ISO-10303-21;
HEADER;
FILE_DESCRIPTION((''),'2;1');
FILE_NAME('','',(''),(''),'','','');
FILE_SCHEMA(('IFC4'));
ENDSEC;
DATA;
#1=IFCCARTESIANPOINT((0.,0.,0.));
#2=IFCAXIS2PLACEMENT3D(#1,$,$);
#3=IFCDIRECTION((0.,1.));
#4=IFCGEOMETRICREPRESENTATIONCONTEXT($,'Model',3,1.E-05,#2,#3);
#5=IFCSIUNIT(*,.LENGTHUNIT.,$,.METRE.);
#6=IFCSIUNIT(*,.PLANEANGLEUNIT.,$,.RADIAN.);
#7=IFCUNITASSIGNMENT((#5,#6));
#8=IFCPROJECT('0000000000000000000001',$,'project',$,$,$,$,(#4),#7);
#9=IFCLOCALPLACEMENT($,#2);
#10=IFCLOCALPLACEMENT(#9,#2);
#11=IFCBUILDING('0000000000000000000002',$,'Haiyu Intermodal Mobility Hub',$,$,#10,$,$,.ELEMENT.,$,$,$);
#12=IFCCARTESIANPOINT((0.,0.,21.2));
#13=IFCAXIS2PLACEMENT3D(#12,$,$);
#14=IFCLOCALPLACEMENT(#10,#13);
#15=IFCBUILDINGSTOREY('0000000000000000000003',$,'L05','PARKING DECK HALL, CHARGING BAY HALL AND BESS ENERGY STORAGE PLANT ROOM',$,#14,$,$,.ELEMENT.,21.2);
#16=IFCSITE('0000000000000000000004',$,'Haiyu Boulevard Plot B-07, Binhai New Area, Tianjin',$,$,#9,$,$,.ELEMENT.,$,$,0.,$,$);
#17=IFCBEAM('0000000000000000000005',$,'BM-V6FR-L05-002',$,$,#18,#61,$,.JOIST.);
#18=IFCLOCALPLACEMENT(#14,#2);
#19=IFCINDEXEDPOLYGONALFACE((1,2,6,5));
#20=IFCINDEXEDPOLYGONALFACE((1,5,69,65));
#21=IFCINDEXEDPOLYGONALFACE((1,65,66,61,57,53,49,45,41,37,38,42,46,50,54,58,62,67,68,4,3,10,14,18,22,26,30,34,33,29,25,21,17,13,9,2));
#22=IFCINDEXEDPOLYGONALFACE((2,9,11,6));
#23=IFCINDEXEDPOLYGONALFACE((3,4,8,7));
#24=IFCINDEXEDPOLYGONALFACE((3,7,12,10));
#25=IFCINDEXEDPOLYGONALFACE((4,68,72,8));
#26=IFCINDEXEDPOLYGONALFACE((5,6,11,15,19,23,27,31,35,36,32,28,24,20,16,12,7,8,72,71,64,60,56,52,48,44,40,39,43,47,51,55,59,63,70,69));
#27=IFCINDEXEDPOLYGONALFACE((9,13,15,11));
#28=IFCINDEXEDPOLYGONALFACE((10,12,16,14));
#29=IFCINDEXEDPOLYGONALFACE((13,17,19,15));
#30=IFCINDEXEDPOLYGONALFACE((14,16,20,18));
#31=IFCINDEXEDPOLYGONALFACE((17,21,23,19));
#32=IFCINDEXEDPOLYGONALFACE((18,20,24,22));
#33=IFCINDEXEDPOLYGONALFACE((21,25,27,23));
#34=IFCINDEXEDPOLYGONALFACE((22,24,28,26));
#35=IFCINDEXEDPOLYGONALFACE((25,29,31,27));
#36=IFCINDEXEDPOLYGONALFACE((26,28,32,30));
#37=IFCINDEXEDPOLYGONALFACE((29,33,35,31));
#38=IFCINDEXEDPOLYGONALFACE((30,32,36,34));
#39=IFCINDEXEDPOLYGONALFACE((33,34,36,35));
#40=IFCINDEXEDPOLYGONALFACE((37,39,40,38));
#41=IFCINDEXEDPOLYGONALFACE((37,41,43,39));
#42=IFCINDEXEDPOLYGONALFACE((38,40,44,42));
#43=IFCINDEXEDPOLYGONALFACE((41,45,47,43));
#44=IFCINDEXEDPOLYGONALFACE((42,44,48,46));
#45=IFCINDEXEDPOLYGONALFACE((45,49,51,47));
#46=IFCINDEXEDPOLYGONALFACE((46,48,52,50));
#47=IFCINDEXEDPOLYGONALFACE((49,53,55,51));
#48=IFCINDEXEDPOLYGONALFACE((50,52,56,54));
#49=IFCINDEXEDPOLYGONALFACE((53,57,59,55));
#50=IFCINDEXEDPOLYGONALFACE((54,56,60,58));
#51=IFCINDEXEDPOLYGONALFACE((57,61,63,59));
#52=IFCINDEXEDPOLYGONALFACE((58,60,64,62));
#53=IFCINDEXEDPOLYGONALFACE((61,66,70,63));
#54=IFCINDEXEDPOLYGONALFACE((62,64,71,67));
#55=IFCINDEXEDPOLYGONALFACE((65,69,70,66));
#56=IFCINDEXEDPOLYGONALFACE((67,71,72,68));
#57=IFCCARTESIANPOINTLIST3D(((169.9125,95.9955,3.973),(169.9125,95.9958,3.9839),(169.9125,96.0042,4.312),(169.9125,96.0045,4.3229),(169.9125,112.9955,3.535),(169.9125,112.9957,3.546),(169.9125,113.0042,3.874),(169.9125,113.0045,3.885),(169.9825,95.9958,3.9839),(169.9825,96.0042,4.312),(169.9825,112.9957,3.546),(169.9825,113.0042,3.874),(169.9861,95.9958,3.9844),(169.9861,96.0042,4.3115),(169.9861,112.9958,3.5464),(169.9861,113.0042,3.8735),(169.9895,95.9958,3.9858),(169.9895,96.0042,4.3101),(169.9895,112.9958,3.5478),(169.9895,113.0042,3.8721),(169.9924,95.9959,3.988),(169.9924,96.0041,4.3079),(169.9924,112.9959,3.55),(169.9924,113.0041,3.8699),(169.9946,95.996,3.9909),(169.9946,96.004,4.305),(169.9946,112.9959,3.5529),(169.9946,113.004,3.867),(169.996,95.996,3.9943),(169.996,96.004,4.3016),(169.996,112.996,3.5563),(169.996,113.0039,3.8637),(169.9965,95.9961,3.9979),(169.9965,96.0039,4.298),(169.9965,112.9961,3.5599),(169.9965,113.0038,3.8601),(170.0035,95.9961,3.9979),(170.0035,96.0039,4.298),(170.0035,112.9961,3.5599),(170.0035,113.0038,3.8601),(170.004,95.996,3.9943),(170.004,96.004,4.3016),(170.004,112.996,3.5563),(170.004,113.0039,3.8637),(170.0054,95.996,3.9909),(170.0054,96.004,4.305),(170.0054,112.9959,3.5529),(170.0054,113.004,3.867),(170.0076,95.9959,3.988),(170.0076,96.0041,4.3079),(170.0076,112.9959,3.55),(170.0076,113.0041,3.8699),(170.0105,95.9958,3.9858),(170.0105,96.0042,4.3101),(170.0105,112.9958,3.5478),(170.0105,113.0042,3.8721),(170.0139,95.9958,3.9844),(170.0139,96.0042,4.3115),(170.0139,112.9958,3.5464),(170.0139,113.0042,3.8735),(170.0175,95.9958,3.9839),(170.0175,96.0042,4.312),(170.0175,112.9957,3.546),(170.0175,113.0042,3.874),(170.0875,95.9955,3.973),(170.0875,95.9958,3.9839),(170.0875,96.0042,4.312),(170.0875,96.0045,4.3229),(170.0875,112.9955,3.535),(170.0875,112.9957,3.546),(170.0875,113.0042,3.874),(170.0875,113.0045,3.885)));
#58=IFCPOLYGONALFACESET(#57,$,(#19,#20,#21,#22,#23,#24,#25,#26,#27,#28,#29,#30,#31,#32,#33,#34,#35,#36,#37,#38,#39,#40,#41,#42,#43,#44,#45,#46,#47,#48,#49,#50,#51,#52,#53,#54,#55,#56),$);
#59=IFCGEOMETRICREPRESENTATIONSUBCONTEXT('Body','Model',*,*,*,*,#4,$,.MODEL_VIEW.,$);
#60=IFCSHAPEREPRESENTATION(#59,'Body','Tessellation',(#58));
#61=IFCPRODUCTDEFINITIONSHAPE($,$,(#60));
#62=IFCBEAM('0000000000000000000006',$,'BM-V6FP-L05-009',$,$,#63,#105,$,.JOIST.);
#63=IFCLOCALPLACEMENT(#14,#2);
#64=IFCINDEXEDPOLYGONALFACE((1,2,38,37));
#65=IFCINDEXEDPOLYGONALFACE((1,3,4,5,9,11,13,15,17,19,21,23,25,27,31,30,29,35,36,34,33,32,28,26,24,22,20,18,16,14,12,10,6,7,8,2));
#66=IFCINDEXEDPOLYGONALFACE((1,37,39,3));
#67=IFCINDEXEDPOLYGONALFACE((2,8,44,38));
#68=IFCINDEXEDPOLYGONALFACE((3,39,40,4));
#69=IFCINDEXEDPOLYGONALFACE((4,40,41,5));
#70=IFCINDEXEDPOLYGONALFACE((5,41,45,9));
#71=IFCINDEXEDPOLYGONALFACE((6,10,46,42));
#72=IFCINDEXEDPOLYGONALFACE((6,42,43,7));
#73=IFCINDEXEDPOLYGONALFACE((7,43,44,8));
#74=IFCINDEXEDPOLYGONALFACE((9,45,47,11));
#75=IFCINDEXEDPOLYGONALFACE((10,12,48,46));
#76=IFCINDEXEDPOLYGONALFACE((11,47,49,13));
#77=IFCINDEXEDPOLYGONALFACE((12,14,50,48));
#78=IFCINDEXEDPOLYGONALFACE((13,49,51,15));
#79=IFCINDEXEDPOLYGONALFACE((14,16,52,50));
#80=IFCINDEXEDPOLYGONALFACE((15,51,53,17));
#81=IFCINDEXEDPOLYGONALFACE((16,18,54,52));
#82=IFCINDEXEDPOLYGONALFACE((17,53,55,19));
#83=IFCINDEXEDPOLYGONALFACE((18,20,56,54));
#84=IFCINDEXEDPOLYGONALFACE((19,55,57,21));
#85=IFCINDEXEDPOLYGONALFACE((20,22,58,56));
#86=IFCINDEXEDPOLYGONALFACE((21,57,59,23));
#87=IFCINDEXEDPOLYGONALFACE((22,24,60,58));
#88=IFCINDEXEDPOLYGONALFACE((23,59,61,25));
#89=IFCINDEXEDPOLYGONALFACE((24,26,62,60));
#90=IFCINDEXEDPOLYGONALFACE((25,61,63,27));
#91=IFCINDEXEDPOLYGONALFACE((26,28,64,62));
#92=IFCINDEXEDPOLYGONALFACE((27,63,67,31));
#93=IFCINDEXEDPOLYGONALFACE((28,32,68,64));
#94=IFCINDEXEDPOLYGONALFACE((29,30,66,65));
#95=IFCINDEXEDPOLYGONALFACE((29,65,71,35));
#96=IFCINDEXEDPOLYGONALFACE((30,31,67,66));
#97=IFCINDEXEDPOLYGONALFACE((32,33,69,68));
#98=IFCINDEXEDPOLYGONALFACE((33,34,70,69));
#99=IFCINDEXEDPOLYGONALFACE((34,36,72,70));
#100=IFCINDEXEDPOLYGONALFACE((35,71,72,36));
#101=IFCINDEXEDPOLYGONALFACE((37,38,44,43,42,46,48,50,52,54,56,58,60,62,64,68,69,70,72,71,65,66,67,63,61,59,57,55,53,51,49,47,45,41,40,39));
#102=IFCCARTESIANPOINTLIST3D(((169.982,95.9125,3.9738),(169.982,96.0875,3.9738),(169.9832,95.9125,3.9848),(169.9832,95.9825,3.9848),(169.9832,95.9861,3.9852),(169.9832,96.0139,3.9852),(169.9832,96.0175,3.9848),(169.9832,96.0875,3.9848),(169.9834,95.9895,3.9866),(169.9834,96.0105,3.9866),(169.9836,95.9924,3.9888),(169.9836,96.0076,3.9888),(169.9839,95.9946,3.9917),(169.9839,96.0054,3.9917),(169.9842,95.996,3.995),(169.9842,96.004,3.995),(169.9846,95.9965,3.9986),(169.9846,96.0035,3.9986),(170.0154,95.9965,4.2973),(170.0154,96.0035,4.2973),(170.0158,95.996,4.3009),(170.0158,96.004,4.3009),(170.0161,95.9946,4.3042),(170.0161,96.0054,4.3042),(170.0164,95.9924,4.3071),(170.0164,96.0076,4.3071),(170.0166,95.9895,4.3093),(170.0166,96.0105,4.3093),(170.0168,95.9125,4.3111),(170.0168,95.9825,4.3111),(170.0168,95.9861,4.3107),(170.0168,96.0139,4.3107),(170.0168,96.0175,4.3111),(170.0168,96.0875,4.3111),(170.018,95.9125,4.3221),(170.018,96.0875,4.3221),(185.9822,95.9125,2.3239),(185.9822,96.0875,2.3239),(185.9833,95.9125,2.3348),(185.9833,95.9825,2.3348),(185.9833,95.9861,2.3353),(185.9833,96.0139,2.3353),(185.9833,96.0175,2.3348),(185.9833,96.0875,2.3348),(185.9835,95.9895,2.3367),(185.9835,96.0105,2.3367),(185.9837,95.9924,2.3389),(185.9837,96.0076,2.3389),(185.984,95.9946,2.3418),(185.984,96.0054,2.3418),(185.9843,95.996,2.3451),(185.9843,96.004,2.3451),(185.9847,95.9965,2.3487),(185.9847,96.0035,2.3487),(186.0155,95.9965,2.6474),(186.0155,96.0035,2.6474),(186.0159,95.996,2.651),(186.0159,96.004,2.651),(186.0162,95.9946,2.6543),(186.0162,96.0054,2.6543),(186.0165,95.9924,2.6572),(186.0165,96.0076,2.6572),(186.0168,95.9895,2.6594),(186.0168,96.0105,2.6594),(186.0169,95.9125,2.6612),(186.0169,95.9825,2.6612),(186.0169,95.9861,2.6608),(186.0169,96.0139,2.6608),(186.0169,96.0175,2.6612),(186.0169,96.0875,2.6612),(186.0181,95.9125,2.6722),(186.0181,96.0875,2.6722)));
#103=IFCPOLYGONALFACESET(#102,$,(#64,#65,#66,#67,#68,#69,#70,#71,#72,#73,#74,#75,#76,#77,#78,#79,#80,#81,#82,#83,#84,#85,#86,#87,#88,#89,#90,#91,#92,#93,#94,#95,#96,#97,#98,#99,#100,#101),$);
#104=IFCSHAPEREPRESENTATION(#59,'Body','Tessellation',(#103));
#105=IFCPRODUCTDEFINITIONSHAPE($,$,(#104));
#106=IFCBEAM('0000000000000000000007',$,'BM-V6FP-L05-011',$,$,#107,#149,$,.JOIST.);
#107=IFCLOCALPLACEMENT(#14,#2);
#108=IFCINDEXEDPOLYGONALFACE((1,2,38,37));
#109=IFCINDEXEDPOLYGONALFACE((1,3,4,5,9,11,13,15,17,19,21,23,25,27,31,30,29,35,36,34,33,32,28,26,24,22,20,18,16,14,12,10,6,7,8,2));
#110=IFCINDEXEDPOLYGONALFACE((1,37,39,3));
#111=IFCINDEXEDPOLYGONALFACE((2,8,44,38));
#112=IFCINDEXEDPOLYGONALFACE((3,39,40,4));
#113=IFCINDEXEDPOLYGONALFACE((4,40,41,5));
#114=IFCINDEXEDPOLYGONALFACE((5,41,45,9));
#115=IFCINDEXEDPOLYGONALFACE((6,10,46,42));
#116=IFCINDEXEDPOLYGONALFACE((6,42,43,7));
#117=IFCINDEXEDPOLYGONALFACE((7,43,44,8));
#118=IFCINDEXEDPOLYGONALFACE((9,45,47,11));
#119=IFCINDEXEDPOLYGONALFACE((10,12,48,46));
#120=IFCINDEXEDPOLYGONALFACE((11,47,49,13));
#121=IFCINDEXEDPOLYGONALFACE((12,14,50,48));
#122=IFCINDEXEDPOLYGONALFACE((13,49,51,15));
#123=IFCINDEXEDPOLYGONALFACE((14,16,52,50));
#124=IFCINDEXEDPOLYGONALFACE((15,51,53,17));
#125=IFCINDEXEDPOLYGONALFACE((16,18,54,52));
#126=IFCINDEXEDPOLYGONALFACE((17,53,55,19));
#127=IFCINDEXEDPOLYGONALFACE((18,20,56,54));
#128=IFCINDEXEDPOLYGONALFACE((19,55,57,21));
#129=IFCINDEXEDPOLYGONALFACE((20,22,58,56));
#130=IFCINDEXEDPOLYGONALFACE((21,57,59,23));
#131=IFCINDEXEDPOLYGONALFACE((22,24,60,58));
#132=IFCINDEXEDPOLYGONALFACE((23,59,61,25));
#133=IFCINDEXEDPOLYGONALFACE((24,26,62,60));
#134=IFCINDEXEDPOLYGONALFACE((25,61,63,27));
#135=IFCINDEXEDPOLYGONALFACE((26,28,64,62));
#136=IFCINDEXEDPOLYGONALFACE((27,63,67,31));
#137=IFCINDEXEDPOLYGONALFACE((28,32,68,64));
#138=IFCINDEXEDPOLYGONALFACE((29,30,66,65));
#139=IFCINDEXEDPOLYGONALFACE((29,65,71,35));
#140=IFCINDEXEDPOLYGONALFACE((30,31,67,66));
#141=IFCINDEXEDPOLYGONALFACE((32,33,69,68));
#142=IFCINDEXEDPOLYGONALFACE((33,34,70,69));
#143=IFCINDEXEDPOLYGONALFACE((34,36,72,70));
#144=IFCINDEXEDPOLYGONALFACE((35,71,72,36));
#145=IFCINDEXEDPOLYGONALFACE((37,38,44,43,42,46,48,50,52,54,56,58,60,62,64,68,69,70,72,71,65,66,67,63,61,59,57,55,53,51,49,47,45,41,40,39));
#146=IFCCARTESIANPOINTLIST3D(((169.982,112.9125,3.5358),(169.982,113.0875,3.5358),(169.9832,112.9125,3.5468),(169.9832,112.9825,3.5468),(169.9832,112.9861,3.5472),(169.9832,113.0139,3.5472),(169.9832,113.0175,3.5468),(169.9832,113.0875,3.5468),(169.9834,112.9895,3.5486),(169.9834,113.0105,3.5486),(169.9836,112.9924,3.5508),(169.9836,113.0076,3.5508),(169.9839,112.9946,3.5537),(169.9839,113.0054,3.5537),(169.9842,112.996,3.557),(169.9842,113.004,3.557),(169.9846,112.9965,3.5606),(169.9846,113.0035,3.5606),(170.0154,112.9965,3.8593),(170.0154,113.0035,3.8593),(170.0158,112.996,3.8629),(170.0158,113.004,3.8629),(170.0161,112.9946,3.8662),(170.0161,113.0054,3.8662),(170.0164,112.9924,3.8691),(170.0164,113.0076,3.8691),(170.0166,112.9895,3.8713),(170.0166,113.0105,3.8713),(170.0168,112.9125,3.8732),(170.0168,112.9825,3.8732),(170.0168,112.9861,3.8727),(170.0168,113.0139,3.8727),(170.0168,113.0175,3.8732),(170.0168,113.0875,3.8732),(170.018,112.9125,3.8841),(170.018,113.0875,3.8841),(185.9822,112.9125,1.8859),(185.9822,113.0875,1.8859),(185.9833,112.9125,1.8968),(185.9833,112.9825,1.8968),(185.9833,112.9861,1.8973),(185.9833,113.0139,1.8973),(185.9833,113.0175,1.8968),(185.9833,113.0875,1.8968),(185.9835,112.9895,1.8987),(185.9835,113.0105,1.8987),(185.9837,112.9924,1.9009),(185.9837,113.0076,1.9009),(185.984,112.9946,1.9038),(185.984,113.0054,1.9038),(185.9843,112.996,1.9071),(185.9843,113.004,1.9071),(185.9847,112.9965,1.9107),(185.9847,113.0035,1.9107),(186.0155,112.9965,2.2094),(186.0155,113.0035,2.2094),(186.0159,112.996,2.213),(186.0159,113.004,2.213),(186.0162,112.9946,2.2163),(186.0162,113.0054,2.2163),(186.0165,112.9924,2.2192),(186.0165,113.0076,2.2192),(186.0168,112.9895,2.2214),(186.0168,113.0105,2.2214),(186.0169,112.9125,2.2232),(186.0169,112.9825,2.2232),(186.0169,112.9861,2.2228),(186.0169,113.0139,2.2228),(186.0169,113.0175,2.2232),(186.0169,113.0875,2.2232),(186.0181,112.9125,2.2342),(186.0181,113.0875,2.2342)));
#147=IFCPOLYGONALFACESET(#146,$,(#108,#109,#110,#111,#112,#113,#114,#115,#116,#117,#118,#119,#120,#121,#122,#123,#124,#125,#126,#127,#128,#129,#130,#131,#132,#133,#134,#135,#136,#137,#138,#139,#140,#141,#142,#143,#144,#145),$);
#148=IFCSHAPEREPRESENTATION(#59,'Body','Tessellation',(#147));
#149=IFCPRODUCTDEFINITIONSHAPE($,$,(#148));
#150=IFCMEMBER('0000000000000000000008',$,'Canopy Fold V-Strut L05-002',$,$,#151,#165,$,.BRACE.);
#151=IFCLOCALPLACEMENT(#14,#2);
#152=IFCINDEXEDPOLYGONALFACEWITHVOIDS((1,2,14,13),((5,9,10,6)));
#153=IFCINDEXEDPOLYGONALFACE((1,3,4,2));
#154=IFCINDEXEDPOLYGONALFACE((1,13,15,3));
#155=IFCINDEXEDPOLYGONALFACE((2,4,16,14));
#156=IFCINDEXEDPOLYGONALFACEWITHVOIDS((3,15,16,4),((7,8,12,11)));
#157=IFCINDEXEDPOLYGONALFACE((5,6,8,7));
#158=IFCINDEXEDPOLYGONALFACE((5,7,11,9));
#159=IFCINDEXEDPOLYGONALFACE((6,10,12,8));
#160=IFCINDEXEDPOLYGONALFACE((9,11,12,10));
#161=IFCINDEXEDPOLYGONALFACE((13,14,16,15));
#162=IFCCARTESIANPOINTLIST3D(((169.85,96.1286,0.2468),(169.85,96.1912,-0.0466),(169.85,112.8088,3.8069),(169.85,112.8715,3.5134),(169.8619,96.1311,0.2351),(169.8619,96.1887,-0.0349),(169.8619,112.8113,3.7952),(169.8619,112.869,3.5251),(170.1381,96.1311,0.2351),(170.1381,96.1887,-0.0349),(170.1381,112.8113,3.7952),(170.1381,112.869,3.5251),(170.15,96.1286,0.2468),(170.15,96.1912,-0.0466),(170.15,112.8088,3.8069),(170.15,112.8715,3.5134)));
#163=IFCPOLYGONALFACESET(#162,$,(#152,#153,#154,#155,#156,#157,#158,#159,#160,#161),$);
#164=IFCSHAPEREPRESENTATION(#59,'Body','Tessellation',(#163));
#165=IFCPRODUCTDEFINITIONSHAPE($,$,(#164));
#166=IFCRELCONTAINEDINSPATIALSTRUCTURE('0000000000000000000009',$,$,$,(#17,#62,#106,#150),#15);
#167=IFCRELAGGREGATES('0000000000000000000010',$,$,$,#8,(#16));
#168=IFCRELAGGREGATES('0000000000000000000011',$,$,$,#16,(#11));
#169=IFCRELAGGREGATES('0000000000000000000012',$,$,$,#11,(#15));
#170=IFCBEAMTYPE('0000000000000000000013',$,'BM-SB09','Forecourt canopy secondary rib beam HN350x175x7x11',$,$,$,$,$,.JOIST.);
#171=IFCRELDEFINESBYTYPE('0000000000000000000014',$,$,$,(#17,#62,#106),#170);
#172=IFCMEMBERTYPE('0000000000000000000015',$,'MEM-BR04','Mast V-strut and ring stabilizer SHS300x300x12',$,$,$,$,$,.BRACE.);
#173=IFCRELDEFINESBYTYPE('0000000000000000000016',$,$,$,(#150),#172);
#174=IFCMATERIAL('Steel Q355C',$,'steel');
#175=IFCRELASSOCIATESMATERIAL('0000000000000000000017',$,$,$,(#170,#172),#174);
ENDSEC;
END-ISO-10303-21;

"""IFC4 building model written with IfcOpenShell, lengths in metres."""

from ifc_helpers import new_model, si_unit, direction, frame, origin, origin_2d, place, context, subcontext, project, spatial, hollow_rectangle, i_section, extrude, material, material_profile, profile_set, type_object, element, save


model = new_model("IFC4")

# Units and contexts
model_context = context("Model", 3, precision=1e-05, world=origin(), true_north=direction((0.0, 1.0)))
body_context = subcontext(model_context, "Body", "Model", "MODEL_VIEW")
ifc_project = project(units=[si_unit("LENGTHUNIT", "METRE"), si_unit("PLANEANGLEUNIT", "RADIAN")], contexts=[model_context])

# Site, building, storey
site_placement = place(None, origin())
site = spatial("IfcSite", under=ifc_project, at=site_placement, Name="Haiyu Boulevard Plot B-07, Binhai New Area, Tianjin", CompositionType="ELEMENT", RefElevation=0.0)
building_placement = place(site_placement, origin())
building = spatial("IfcBuilding", under=site, at=building_placement, Name="Haiyu Intermodal Mobility Hub", CompositionType="ELEMENT")
storey_placement = place(building_placement, frame((0.0, 0.0, 21.2)))
storey = spatial("IfcBuildingStorey", under=building, at=storey_placement, Name="L05", Description="PARKING DECK HALL, CHARGING BAY HALL AND BESS ENERGY STORAGE PLANT ROOM", CompositionType="ELEMENT", Elevation=21.2)

# Shared definitions
ifc_material_1 = material(Name="Steel Q355C", Category="steel")

# Beams
ifc_material_profile_1 = material_profile(ifc_material_1, i_section(OverallWidth=0.175, OverallDepth=0.3501, WebThickness=0.0071, FlangeThickness=0.011, FilletRadius=0.0139, at=origin_2d()), Name="HN350x175x7x11")
ifc_profile_set_1 = profile_set([ifc_material_profile_1], Name="Steel Q355C")
beam_type_1 = type_object("IfcBeamType", Name="BM-SB09", Description="Forecourt canopy secondary rib beam HN350x175x7x11", PredefinedType="JOIST", material=ifc_profile_set_1)
beam_1_placement = place(storey_placement, frame((170.0, 96.0, 4.1479), z_axis=(0.0, 0.999668, -0.025755), x_axis=(-1.0, 0.0, 0.0)))
element("IfcBeam", 1, at=beam_1_placement, inside=storey, type_object=beam_type_1, Name="BM-V6FR-L05-002", PredefinedType="JOIST", context=body_context, shape_type="SweptSolid", body=[
    extrude(i_section(OverallWidth=0.175, OverallDepth=0.3501, WebThickness=0.0071, FlangeThickness=0.011, FilletRadius=0.0139, at=origin_2d()), origin(), (0.0, 0.0, 1.0), 17.0056),
])
for number, where, z_axis, x_axis, name in (
    (2, (170.0, 96.0, 4.1479), (0.994725, 0.0, -0.102575), (0.0, 1.0, 0.0), "BM-V6FP-L05-009"),
    (3, (170.0, 113.0, 3.71), (0.994725, 0.0, -0.102575), (0.0, 1.0, 0.0), "BM-V6FP-L05-011"),
):
    element("IfcBeam", number, at=place(storey_placement, frame(where, z_axis=z_axis, x_axis=x_axis)), inside=storey, type_object=beam_type_1, Name=name, PredefinedType="JOIST", context=body_context, shape_type="SweptSolid", body=[
        extrude(i_section(OverallWidth=0.175, OverallDepth=0.3501, WebThickness=0.0071, FlangeThickness=0.011, FilletRadius=0.0139, at=origin_2d()), origin(), (0.0, 0.0, 1.0), 16.085),
    ])

# Member
ifc_material_profile_2 = material_profile(ifc_material_1, hollow_rectangle(XDim=0.3, YDim=0.3, WallThickness=0.012, at=origin_2d()), Name="SHS300x300x12")
ifc_profile_set_2 = profile_set([ifc_material_profile_2], Name="Steel Q355C")
member_type_1 = type_object("IfcMemberType", Name="MEM-BR04", Description="Mast V-strut and ring stabilizer SHS300x300x12", PredefinedType="BRACE", material=ifc_profile_set_2)
member_1_placement = place(storey_placement, frame((170.0, 96.1599, 0.1001), z_axis=(0.0, 0.977973, 0.208729), x_axis=(-1.0, 0.0, 0.0)))
element("IfcMember", 4, at=member_1_placement, inside=storey, type_object=member_type_1, Name="Canopy Fold V-Strut L05-002", PredefinedType="BRACE", context=body_context, shape_type="SweptSolid", body=[
    extrude(hollow_rectangle(XDim=0.3, YDim=0.3, WallThickness=0.012, at=origin_2d()), origin(), (0.0, 0.0, 1.0), 17.0559),
])

save(model, "model.ifc")
